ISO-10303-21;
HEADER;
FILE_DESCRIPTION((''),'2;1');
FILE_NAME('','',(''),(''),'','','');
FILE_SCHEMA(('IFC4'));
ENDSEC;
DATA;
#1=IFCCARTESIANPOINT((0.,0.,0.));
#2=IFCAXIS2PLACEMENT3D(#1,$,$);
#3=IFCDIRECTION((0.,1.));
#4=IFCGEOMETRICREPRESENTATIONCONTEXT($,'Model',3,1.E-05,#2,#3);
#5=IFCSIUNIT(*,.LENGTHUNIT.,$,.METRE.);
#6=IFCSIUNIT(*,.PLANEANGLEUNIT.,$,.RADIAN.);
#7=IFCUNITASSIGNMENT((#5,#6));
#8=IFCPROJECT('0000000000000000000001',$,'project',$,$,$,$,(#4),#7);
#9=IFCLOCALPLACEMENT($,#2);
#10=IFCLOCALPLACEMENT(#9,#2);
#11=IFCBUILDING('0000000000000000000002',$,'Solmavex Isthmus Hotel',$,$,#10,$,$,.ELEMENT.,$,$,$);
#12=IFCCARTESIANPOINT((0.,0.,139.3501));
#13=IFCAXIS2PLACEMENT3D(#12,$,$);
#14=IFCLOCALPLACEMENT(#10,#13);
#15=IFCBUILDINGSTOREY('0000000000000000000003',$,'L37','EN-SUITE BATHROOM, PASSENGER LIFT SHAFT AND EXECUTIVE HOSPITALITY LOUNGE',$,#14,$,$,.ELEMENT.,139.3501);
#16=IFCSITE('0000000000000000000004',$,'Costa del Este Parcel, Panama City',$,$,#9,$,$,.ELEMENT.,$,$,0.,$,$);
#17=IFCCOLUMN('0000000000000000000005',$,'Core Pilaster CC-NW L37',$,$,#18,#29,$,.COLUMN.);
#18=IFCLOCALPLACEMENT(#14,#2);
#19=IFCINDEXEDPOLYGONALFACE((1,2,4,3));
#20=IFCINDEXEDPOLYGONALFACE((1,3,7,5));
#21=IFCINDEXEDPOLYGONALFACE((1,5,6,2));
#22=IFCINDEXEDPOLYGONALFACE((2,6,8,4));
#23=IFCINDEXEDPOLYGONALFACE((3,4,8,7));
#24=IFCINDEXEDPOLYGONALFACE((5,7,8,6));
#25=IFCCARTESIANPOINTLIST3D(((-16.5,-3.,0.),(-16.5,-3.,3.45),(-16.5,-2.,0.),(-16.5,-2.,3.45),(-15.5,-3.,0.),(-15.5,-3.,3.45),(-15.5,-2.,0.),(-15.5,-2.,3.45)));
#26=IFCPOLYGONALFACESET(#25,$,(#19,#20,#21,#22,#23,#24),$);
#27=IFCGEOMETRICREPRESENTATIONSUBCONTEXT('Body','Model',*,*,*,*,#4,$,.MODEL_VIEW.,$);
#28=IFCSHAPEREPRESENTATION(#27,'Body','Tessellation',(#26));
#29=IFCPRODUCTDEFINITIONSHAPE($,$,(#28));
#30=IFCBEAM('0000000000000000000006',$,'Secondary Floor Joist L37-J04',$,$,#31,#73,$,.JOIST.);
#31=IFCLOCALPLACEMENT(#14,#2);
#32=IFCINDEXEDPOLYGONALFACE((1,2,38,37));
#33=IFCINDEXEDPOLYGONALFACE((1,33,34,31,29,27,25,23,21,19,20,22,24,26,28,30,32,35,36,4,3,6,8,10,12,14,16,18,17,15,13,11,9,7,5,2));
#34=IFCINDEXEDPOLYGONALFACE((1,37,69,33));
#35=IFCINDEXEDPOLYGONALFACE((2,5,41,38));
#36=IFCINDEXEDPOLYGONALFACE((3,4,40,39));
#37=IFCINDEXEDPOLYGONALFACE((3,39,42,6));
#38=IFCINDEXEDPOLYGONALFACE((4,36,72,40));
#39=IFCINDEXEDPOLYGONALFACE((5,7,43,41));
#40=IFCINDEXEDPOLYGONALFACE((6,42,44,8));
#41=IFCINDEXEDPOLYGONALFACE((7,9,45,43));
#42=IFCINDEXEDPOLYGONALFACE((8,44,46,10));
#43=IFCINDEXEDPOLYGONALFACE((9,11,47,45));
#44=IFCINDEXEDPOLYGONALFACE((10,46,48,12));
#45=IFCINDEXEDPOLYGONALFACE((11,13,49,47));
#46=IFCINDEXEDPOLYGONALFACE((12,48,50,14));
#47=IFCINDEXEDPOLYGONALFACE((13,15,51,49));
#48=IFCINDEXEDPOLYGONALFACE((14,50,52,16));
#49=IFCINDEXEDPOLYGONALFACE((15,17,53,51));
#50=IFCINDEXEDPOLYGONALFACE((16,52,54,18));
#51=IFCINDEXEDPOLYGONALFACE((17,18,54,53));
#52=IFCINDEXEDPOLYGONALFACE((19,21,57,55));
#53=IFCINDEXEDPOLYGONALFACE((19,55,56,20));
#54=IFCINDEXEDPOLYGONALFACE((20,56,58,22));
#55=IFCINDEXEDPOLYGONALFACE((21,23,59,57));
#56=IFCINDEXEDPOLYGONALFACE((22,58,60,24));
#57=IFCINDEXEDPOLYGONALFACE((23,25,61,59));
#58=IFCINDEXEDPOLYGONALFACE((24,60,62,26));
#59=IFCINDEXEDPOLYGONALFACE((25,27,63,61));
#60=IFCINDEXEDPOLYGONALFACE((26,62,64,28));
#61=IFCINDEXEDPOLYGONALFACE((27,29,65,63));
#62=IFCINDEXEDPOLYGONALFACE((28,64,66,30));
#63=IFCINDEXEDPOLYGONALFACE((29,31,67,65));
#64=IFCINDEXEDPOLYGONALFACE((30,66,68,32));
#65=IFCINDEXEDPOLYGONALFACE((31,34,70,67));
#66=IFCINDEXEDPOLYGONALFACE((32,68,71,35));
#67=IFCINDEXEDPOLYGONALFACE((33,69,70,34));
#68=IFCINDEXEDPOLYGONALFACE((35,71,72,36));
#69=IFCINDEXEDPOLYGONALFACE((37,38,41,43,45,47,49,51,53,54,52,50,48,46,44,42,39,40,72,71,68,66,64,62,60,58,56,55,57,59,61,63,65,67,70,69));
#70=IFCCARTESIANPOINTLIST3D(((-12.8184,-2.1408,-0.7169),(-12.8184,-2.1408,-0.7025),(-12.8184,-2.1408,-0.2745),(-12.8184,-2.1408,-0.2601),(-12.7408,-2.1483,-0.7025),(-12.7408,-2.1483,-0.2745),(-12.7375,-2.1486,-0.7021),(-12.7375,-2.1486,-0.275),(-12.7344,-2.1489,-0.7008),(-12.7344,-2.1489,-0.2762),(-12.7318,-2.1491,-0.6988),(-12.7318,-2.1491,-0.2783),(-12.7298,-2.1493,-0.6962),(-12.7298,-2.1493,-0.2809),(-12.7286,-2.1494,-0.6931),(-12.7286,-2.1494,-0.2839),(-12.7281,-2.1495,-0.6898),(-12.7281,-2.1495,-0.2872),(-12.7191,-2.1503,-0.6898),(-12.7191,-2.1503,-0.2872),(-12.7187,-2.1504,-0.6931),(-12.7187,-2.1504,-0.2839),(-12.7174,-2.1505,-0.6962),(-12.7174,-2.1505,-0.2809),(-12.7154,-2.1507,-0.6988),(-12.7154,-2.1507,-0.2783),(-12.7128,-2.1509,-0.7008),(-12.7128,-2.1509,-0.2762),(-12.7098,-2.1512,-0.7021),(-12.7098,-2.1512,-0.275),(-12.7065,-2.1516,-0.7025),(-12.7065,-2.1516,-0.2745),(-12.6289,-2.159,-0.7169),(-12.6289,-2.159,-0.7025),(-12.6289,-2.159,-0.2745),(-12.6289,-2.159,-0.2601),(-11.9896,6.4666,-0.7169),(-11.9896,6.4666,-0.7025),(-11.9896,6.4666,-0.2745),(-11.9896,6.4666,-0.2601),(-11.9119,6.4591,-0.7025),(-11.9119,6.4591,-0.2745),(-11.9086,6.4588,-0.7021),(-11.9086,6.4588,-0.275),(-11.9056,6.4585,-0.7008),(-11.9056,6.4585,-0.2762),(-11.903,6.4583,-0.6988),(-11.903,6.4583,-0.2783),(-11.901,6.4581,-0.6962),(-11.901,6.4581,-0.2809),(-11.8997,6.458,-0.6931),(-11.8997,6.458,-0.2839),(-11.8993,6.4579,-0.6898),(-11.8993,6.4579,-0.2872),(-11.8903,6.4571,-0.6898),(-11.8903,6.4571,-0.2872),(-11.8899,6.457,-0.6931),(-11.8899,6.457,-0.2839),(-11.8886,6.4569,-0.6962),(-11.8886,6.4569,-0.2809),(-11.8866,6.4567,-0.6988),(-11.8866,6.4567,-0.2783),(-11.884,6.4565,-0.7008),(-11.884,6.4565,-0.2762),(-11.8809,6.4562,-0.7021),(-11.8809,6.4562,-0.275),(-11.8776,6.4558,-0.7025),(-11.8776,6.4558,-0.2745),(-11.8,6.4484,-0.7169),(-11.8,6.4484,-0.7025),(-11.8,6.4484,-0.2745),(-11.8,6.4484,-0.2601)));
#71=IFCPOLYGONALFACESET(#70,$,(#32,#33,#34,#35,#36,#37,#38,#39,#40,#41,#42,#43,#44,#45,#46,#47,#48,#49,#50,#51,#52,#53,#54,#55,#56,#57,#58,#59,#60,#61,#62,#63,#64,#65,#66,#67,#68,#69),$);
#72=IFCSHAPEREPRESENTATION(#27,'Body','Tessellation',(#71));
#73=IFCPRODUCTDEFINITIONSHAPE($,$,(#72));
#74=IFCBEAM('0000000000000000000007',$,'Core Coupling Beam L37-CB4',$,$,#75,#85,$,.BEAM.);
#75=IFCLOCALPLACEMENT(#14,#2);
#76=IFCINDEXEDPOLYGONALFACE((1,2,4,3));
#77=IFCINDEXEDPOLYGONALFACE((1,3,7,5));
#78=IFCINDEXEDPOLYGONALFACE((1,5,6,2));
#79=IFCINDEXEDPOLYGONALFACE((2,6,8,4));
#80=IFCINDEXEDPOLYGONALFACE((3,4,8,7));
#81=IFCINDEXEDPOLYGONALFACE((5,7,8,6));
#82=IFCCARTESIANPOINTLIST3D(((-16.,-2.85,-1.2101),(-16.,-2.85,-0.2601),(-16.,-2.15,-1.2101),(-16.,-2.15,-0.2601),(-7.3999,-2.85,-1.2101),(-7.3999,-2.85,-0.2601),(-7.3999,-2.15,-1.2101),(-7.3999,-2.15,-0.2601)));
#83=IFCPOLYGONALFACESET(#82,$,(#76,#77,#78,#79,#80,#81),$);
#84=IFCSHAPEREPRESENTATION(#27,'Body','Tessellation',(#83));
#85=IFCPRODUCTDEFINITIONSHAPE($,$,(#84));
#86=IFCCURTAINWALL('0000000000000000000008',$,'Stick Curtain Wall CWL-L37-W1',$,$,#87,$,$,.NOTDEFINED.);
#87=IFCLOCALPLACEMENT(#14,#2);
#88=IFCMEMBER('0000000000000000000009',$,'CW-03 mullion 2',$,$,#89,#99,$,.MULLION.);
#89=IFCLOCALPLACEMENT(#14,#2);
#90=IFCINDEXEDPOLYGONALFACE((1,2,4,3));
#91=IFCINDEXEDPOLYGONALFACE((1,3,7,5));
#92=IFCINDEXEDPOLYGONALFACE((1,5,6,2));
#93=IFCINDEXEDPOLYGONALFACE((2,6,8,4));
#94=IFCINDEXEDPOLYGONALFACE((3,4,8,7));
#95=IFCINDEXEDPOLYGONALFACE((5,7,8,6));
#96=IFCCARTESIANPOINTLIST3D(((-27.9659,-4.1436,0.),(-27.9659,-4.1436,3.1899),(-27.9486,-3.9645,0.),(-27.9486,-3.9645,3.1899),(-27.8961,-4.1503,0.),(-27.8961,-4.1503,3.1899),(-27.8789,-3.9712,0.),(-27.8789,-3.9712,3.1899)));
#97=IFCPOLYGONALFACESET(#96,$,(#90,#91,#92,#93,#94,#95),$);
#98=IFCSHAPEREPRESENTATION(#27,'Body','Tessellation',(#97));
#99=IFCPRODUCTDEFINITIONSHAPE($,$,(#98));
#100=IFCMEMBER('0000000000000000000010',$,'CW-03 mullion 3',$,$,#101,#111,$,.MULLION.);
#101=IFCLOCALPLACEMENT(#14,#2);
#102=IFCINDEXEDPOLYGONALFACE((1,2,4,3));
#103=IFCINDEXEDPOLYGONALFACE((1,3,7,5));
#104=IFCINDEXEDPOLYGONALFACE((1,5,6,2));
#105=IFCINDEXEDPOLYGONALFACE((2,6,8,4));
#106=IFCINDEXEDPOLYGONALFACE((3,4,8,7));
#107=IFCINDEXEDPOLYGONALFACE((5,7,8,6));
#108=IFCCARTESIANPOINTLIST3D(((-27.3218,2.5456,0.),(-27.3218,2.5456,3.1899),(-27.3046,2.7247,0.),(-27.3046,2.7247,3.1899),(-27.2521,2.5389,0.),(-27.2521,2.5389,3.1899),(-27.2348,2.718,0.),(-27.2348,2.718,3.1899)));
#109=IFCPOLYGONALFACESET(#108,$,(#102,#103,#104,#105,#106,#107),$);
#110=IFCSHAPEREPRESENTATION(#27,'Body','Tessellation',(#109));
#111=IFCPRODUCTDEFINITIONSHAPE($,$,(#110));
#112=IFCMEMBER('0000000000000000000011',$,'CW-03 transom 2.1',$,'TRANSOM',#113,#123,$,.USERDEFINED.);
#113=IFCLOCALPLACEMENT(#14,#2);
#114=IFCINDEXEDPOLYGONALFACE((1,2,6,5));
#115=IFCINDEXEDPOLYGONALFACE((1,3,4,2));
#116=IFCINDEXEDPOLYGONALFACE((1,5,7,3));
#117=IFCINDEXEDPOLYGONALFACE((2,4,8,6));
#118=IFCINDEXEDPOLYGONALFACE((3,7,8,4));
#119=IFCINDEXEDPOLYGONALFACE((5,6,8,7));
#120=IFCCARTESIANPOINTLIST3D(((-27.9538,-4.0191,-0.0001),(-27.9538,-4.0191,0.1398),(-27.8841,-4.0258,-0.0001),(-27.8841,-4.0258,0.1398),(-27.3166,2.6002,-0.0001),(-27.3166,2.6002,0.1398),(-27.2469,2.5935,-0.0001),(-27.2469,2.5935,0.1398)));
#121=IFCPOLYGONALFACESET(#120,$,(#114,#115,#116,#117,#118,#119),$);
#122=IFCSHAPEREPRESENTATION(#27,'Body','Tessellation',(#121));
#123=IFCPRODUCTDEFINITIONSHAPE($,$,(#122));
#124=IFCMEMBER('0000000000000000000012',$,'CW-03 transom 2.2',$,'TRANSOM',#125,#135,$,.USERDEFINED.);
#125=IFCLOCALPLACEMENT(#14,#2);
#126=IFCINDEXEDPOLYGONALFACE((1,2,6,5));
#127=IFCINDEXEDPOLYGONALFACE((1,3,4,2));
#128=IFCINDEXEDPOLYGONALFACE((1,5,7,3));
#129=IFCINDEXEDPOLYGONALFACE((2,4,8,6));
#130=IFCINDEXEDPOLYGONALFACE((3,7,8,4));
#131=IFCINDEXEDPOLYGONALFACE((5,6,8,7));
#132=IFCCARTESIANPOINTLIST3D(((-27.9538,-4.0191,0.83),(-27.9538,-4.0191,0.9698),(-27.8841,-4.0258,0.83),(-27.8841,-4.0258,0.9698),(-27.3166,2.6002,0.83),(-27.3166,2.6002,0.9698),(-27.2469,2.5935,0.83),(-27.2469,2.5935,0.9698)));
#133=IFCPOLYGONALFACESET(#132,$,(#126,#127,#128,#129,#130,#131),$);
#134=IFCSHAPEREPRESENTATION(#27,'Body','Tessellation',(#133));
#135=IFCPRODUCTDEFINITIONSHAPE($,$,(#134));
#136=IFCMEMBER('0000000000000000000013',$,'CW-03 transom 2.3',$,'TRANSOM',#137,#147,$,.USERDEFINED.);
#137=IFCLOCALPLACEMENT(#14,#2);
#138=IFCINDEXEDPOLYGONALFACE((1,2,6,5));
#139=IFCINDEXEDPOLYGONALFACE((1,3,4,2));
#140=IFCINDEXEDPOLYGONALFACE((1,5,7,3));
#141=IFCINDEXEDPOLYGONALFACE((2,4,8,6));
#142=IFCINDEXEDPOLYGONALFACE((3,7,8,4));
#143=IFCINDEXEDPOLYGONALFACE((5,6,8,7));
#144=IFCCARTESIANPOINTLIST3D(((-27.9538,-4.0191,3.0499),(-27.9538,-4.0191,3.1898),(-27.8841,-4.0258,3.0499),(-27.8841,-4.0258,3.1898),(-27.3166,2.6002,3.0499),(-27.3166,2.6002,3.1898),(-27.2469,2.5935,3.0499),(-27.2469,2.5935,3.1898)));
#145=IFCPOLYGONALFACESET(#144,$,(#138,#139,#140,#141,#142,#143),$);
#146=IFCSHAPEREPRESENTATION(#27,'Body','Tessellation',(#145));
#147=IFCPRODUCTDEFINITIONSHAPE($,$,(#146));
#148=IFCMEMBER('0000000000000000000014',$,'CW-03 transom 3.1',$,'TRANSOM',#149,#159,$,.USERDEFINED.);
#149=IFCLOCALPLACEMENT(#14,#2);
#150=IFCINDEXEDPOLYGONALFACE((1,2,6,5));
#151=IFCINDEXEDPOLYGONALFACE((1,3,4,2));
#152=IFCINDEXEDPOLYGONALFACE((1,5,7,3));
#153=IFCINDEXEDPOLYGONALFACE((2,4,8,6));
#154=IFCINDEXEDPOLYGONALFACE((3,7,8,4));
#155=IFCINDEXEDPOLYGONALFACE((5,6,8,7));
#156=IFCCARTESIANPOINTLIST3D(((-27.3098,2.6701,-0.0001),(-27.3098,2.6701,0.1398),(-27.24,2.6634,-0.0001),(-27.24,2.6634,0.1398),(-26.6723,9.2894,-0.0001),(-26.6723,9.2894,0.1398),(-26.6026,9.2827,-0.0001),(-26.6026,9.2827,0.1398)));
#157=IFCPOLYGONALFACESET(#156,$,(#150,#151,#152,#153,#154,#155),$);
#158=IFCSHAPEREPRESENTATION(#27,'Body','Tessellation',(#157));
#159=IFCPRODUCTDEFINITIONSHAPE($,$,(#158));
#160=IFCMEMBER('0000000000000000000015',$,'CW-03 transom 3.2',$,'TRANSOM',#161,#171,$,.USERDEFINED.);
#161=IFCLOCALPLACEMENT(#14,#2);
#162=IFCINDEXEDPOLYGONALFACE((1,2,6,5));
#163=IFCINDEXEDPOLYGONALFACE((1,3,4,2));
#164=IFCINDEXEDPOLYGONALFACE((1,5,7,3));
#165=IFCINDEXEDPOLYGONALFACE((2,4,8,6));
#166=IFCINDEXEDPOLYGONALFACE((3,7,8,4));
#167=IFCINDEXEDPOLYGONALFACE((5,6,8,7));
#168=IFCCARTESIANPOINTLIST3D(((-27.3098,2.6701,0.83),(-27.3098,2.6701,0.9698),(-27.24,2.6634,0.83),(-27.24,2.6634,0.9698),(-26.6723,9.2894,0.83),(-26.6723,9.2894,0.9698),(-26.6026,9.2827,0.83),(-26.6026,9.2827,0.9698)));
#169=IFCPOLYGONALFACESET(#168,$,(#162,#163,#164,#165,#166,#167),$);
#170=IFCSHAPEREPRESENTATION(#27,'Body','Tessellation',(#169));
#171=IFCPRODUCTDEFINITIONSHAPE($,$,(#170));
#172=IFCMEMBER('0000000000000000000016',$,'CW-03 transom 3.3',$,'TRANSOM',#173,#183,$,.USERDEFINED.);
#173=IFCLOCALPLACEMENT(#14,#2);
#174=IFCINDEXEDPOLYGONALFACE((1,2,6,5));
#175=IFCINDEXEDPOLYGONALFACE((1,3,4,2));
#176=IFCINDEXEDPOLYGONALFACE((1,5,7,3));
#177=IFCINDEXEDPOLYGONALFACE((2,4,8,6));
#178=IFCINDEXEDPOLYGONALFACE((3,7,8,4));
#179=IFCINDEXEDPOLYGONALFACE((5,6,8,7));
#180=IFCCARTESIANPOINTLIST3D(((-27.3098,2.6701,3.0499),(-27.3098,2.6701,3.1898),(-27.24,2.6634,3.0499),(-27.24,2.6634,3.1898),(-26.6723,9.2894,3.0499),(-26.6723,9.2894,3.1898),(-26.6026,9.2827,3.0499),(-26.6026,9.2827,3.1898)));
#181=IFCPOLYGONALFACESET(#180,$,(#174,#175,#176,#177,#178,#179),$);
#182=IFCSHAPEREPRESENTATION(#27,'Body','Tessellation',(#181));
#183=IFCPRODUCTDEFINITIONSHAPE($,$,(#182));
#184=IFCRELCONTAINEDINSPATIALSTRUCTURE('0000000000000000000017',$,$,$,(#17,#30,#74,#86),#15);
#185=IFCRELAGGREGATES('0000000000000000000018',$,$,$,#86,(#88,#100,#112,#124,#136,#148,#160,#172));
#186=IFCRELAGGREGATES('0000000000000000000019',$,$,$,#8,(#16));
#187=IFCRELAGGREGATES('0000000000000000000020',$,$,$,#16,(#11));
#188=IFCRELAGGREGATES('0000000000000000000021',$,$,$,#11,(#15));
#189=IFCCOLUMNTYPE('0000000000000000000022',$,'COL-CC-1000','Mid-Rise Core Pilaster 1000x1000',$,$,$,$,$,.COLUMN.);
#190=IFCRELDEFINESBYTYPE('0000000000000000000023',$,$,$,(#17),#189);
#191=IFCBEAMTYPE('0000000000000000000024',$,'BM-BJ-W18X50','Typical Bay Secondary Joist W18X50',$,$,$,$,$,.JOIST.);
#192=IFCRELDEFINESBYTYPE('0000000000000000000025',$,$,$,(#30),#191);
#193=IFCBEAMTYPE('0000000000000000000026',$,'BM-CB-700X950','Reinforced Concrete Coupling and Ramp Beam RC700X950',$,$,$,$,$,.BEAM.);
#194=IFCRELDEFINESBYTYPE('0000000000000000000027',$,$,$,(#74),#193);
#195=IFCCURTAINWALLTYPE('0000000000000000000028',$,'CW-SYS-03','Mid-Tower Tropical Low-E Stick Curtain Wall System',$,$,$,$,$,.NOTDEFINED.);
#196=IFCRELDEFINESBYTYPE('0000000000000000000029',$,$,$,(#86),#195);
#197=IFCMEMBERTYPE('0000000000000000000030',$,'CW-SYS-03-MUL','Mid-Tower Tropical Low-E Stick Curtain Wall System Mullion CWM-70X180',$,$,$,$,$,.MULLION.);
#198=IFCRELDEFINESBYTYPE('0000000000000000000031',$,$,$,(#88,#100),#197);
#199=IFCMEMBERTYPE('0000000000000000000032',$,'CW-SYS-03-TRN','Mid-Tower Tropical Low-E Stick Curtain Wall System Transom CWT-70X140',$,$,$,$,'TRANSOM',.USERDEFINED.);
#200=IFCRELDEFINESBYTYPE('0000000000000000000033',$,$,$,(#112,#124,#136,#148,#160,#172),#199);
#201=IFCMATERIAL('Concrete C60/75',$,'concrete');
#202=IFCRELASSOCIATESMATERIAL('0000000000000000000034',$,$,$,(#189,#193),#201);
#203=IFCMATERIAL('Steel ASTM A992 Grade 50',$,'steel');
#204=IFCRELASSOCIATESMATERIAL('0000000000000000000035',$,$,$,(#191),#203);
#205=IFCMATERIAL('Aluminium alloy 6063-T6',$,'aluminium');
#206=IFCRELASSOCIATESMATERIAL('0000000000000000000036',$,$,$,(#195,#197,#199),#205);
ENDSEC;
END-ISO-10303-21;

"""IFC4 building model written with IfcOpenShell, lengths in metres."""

from ifc_helpers import new_model, si_unit, direction, frame, origin, origin_2d, place, context, subcontext, project, spatial, rectangle, i_section, extrude, material, material_profile, profile_set, type_object, element, aggregate, save


model = new_model("IFC4")

# Units and contexts
model_context = context("Model", 3, precision=1e-05, world=origin(), true_north=direction((0.0, 1.0)))
body_context = subcontext(model_context, "Body", "Model", "MODEL_VIEW")
ifc_project = project(units=[si_unit("LENGTHUNIT", "METRE"), si_unit("PLANEANGLEUNIT", "RADIAN")], contexts=[model_context])

# Site, building, storey
site_placement = place(None, origin())
site = spatial("IfcSite", under=ifc_project, at=site_placement, Name="Costa del Este Parcel, Panama City", CompositionType="ELEMENT", RefElevation=0.0)
building_placement = place(site_placement, origin())
building = spatial("IfcBuilding", under=site, at=building_placement, Name="Solmavex Isthmus Hotel", CompositionType="ELEMENT")
storey_placement = place(building_placement, frame((0.0, 0.0, 139.3501)))
storey = spatial("IfcBuildingStorey", under=building, at=storey_placement, Name="L37", Description="EN-SUITE BATHROOM, PASSENGER LIFT SHAFT AND EXECUTIVE HOSPITALITY LOUNGE", CompositionType="ELEMENT", Elevation=139.3501)

# Column
ifc_material_1 = material(Name="Concrete C60/75", Category="concrete")
ifc_material_profile_1 = material_profile(ifc_material_1, rectangle(XDim=1.0, YDim=1.0, at=origin_2d()), Name="RC1000X1000")
ifc_profile_set_1 = profile_set([ifc_material_profile_1], Name="Concrete C60/75")
column_type = type_object("IfcColumnType", Name="COL-CC-1000", Description="Mid-Rise Core Pilaster 1000x1000", PredefinedType="COLUMN", material=ifc_profile_set_1)
column_placement = place(storey_placement, frame((-16.0, -2.5, 0.0), z_axis=(0.0, 0.0, 1.0), x_axis=(1.0, 0.0, 0.0)))
element("IfcColumn", 1, at=column_placement, inside=storey, type_object=column_type, Name="Core Pilaster CC-NW L37", PredefinedType="COLUMN", context=body_context, shape_type="SweptSolid", body=[
    extrude(rectangle(XDim=1.0, YDim=1.0, at=origin_2d()), origin(), (0.0, 0.0, 1.0), 3.45),
])

# Beams
ifc_material_2 = material(Name="Steel ASTM A992 Grade 50", Category="steel")
ifc_material_profile_2 = material_profile(ifc_material_2, i_section(OverallWidth=0.1904, OverallDepth=0.4568, WebThickness=0.009, FlangeThickness=0.0144, FilletRadius=0.0127, at=origin_2d()), Name="W18X50")
ifc_profile_set_2 = profile_set([ifc_material_profile_2], Name="Steel ASTM A992 Grade 50")
beam_type_1 = type_object("IfcBeamType", Name="BM-BJ-W18X50", Description="Typical Bay Secondary Joist W18X50", PredefinedType="JOIST", material=ifc_profile_set_2)
beam_1_placement = place(storey_placement, frame((-12.7236, -2.1499, -0.4885), z_axis=(0.095852, 0.995396, 0.0), x_axis=(-0.995396, 0.095852, 0.0)))
element("IfcBeam", 2, at=beam_1_placement, inside=storey, type_object=beam_type_1, Name="Secondary Floor Joist L37-J04", PredefinedType="JOIST", context=body_context, shape_type="SweptSolid", body=[
    extrude(i_section(OverallWidth=0.1904, OverallDepth=0.4568, WebThickness=0.009, FlangeThickness=0.0144, FilletRadius=0.0127, at=origin_2d()), origin(), (0.0, 0.0, 1.0), 8.6472),
])
ifc_material_profile_3 = material_profile(ifc_material_1, rectangle(XDim=0.7, YDim=0.95, at=origin_2d()), Name="RC700X950")
ifc_profile_set_3 = profile_set([ifc_material_profile_3], Name="Concrete C60/75")
beam_type_2 = type_object("IfcBeamType", Name="BM-CB-700X950", Description="Reinforced Concrete Coupling and Ramp Beam RC700X950", PredefinedType="BEAM", material=ifc_profile_set_3)
beam_2_placement = place(storey_placement, frame((-16.0, -2.5, -0.7351), z_axis=(1.0, 0.0, 0.0), x_axis=(0.0, 1.0, 0.0)))
element("IfcBeam", 3, at=beam_2_placement, inside=storey, type_object=beam_type_2, Name="Core Coupling Beam L37-CB4", PredefinedType="BEAM", context=body_context, shape_type="SweptSolid", body=[
    extrude(rectangle(XDim=0.7, YDim=0.95, at=origin_2d()), origin(), (0.0, 0.0, 1.0), 8.6001),
])

# Curtain wall, members
ifc_material_3 = material(Name="Aluminium alloy 6063-T6", Category="aluminium")
curtain_wall_type = type_object("IfcCurtainWallType", Name="CW-SYS-03", Description="Mid-Tower Tropical Low-E Stick Curtain Wall System", PredefinedType="NOTDEFINED", material=ifc_material_3)
curtain_wall_placement = place(storey_placement, origin())
curtain_wall = element("IfcCurtainWall", 4, at=curtain_wall_placement, inside=storey, type_object=curtain_wall_type, Name="Stick Curtain Wall CWL-L37-W1", PredefinedType="NOTDEFINED")
ifc_material_profile_4 = material_profile(ifc_material_3, rectangle(XDim=0.0701, YDim=0.1799, at=origin_2d()), Name="CWM-70X180")
ifc_profile_set_4 = profile_set([ifc_material_profile_4], Name="Aluminium alloy 6063-T6")
member_type_1 = type_object("IfcMemberType", Name="CW-SYS-03-MUL", Description="Mid-Tower Tropical Low-E Stick Curtain Wall System Mullion CWM-70X180", PredefinedType="MULLION", material=ifc_profile_set_4)
member_1_placement = place(storey_placement, frame((-27.9224, -4.0574, 0.0), z_axis=(0.0, 0.0, 1.0), x_axis=(-0.995396, 0.095846, 0.0)))
member_1 = element("IfcMember", 5, at=member_1_placement, type_object=member_type_1, Name="CW-03 mullion 2", PredefinedType="MULLION", context=body_context, shape_type="SweptSolid", body=[
    extrude(rectangle(XDim=0.0701, YDim=0.1799, at=origin_2d()), origin(), (0.0, 0.0, 1.0), 3.1899),
])
member_2_placement = place(storey_placement, frame((-27.2783, 2.6318, 0.0), z_axis=(0.0, 0.0, 1.0), x_axis=(-0.995396, 0.095846, 0.0)))
member_2 = element("IfcMember", 6, at=member_2_placement, type_object=member_type_1, Name="CW-03 mullion 3", PredefinedType="MULLION", context=body_context, shape_type="SweptSolid", body=[
    extrude(rectangle(XDim=0.0701, YDim=0.1799, at=origin_2d()), origin(), (0.0, 0.0, 1.0), 3.1899),
])
ifc_material_profile_5 = material_profile(ifc_material_3, rectangle(XDim=0.0701, YDim=0.1399, at=origin_2d()), Name="CWT-70X140")
ifc_profile_set_5 = profile_set([ifc_material_profile_5], Name="Aluminium alloy 6063-T6")
member_type_2 = type_object("IfcMemberType", Name="CW-SYS-03-TRN", Description="Mid-Tower Tropical Low-E Stick Curtain Wall System Transom CWT-70X140", ElementType="TRANSOM", PredefinedType="USERDEFINED", material=ifc_profile_set_5)
member_3_placement = place(storey_placement, frame((-27.9189, -4.0225, 0.0698), z_axis=(0.095821, 0.995399, 0.0), x_axis=(-0.995399, 0.095821, 0.0)))
member_3 = element("IfcMember", 7, at=member_3_placement, type_object=member_type_2, Name="CW-03 transom 2.1", ObjectType="TRANSOM", PredefinedType="USERDEFINED", context=body_context, shape_type="SweptSolid", body=[
    extrude(rectangle(XDim=0.0701, YDim=0.1399, at=origin_2d()), origin(), (0.0, 0.0, 1.0), 6.6499),
])
member_4_placement = place(storey_placement, frame((-27.9189, -4.0225, 0.8999), z_axis=(0.095821, 0.995399, 0.0), x_axis=(-0.995399, 0.095821, 0.0)))
member_4 = element("IfcMember", 8, at=member_4_placement, type_object=member_type_2, Name="CW-03 transom 2.2", ObjectType="TRANSOM", PredefinedType="USERDEFINED", context=body_context, shape_type="SweptSolid", body=[
    extrude(rectangle(XDim=0.0701, YDim=0.1399, at=origin_2d()), origin(), (0.0, 0.0, 1.0), 6.6499),
])
member_5_placement = place(storey_placement, frame((-27.9189, -4.0225, 3.1199), z_axis=(0.095821, 0.995399, 0.0), x_axis=(-0.995399, 0.095821, 0.0)))
member_5 = element("IfcMember", 9, at=member_5_placement, type_object=member_type_2, Name="CW-03 transom 2.3", ObjectType="TRANSOM", PredefinedType="USERDEFINED", context=body_context, shape_type="SweptSolid", body=[
    extrude(rectangle(XDim=0.0701, YDim=0.1399, at=origin_2d()), origin(), (0.0, 0.0, 1.0), 6.6499),
])
member_6_placement = place(storey_placement, frame((-27.2749, 2.6667, 0.0698), z_axis=(0.095857, 0.995395, 0.0), x_axis=(-0.995395, 0.095857, 0.0)))
member_6 = element("IfcMember", 10, at=member_6_placement, type_object=member_type_2, Name="CW-03 transom 3.1", ObjectType="TRANSOM", PredefinedType="USERDEFINED", context=body_context, shape_type="SweptSolid", body=[
    extrude(rectangle(XDim=0.0701, YDim=0.1399, at=origin_2d()), origin(), (0.0, 0.0, 1.0), 6.6499),
])
member_7_placement = place(storey_placement, frame((-27.2749, 2.6667, 0.8999), z_axis=(0.095857, 0.995395, 0.0), x_axis=(-0.995395, 0.095857, 0.0)))
member_7 = element("IfcMember", 11, at=member_7_placement, type_object=member_type_2, Name="CW-03 transom 3.2", ObjectType="TRANSOM", PredefinedType="USERDEFINED", context=body_context, shape_type="SweptSolid", body=[
    extrude(rectangle(XDim=0.0701, YDim=0.1399, at=origin_2d()), origin(), (0.0, 0.0, 1.0), 6.6499),
])
member_8_placement = place(storey_placement, frame((-27.2749, 2.6667, 3.1199), z_axis=(0.095857, 0.995395, 0.0), x_axis=(-0.995395, 0.095857, 0.0)))
member_8 = element("IfcMember", 12, at=member_8_placement, type_object=member_type_2, Name="CW-03 transom 3.3", ObjectType="TRANSOM", PredefinedType="USERDEFINED", context=body_context, shape_type="SweptSolid", body=[
    extrude(rectangle(XDim=0.0701, YDim=0.1399, at=origin_2d()), origin(), (0.0, 0.0, 1.0), 6.6499),
])
aggregate(curtain_wall, [member_1, member_2, member_3, member_4, member_5, member_6, member_7, member_8])

save(model, "model.ifc")
